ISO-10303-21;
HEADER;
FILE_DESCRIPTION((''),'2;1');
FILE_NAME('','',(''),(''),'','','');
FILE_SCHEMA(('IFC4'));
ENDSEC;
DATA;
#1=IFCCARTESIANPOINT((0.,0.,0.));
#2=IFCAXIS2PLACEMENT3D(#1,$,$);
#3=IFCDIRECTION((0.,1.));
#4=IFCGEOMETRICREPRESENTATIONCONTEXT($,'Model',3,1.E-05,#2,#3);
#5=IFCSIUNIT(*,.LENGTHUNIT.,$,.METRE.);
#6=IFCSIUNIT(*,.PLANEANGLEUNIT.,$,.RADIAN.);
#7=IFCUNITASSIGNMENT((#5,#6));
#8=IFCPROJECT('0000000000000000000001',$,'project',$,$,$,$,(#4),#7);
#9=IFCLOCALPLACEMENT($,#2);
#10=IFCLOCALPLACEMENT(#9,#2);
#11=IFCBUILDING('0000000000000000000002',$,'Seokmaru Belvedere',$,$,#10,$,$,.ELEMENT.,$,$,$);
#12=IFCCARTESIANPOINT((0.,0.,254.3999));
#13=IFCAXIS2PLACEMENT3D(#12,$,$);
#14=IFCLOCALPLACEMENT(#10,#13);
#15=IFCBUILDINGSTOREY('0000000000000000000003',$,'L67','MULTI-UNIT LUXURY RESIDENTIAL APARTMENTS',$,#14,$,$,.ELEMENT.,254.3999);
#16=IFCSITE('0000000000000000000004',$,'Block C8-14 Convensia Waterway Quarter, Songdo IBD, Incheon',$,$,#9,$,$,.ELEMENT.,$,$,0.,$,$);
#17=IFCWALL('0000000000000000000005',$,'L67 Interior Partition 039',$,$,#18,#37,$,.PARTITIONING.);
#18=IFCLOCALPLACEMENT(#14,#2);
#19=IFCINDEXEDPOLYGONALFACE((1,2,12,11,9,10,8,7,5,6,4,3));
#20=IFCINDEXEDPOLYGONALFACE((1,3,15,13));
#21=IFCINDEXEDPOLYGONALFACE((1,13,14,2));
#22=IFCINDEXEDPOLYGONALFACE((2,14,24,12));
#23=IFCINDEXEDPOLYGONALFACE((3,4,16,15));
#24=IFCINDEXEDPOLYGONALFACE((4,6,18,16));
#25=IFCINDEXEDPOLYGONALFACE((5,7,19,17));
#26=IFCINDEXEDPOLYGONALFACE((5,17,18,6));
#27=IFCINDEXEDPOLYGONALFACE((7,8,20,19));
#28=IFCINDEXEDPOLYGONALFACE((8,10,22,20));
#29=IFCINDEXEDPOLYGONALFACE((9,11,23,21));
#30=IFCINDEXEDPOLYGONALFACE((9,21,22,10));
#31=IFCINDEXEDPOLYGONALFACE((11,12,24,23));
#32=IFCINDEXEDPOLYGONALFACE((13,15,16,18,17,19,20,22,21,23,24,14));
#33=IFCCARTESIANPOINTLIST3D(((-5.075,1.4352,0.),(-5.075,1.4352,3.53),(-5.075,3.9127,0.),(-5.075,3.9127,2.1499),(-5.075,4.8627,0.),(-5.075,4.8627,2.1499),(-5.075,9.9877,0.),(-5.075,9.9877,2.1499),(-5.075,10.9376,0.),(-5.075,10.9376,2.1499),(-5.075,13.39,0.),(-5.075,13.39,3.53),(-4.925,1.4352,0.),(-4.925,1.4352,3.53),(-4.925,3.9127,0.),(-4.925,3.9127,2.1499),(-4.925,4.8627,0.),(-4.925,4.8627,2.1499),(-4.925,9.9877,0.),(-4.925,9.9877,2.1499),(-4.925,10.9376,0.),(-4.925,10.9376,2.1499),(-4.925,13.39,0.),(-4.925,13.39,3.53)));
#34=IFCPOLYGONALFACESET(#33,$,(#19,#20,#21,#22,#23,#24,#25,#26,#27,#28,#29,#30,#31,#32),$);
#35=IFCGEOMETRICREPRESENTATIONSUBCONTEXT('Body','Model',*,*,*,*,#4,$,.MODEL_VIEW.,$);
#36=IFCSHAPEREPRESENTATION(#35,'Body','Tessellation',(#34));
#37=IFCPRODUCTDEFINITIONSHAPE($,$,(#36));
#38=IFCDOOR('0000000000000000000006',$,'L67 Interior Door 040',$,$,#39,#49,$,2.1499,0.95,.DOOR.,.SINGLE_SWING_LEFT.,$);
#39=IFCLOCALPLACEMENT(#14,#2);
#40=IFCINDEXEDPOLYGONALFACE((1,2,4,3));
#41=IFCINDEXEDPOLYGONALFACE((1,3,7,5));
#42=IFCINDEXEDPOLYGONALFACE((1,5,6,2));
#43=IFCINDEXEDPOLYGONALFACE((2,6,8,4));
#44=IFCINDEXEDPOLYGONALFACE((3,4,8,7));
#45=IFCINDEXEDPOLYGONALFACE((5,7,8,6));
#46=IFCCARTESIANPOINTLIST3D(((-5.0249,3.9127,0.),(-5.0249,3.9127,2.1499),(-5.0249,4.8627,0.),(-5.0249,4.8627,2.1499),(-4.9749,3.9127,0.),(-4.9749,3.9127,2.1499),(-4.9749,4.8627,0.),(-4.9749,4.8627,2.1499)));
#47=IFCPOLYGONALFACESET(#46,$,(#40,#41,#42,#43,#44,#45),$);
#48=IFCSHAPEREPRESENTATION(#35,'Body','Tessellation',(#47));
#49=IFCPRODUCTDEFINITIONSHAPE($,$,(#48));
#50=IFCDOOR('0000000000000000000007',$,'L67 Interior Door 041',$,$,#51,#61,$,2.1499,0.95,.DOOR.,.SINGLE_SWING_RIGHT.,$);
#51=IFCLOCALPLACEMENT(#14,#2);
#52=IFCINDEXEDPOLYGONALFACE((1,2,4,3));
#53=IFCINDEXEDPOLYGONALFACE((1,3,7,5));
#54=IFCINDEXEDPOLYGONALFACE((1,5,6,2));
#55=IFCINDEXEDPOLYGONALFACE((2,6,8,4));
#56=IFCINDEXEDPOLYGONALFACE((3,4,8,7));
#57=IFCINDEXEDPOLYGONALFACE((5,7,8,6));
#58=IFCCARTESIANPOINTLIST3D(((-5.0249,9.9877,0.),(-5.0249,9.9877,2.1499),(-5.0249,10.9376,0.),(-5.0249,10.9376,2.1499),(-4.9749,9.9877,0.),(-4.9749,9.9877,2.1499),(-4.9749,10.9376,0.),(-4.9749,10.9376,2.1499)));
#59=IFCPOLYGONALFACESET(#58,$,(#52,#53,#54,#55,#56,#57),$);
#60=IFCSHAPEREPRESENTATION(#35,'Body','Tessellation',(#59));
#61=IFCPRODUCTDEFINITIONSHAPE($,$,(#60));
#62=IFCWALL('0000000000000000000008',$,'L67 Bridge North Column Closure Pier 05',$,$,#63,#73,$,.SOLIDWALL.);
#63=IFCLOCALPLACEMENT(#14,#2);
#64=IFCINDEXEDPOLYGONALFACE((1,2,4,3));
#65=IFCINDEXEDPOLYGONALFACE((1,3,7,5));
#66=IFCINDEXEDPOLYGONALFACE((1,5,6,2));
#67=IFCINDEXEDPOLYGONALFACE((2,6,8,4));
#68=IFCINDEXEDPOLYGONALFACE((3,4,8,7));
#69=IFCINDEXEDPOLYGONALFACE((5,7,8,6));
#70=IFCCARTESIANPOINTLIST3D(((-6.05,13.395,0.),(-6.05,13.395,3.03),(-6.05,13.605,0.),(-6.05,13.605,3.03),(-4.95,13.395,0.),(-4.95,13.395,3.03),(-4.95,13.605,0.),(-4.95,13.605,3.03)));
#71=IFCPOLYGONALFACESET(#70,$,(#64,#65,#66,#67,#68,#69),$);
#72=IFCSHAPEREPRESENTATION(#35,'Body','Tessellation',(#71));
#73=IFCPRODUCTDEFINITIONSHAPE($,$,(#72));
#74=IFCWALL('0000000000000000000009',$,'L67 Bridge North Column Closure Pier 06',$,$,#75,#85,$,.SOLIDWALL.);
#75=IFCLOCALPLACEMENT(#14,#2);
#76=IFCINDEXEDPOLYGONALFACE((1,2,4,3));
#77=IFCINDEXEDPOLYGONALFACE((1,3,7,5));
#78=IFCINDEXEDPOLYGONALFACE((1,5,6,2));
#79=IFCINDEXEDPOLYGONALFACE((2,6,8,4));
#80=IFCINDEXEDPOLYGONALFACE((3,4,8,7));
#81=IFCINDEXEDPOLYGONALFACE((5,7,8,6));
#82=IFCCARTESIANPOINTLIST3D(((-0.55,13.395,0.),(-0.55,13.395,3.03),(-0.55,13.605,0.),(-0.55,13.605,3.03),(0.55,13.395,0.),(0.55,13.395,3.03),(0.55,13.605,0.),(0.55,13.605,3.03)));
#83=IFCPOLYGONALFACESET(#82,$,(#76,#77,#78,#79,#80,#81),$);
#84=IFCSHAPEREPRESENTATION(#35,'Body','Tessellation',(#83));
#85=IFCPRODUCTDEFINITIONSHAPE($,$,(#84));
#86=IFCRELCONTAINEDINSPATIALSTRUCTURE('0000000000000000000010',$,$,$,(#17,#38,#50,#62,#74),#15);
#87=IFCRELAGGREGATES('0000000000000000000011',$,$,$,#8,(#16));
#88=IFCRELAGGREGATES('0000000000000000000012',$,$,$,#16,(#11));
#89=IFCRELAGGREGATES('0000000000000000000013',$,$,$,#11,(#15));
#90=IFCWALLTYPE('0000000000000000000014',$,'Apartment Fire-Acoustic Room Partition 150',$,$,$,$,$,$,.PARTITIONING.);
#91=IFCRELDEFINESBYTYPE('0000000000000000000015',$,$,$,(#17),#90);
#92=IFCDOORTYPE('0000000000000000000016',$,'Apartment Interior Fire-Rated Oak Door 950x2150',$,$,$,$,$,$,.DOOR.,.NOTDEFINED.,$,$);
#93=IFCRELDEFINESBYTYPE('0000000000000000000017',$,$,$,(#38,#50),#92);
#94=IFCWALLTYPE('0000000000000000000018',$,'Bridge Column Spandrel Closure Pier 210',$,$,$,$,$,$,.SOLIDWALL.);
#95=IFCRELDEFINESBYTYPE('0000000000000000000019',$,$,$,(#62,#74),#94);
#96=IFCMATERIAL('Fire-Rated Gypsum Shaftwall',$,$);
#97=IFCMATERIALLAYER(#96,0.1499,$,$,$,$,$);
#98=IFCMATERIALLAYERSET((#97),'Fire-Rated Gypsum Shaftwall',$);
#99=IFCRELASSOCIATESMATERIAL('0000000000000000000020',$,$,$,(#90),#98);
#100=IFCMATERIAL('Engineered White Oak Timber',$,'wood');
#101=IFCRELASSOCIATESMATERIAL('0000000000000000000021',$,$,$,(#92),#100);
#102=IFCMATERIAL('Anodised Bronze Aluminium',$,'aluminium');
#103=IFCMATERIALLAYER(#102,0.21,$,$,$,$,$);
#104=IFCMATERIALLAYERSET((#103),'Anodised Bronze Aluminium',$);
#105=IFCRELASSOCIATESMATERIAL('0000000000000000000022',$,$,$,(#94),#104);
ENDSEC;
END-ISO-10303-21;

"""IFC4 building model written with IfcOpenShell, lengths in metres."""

from ifc_helpers import new_model, si_unit, direction, frame, frame_2d, origin, place, context, subcontext, project, spatial, rectangle, extrude, source, transform, mapped, material, layer, layer_set, type_object, type_shapes, element, fill, save


model = new_model("IFC4")

# Units and contexts
model_context = context("Model", 3, precision=1e-05, world=origin(), true_north=direction((0.0, 1.0)))
body_context = subcontext(model_context, "Body", "Model", "MODEL_VIEW")
ifc_project = project(units=[si_unit("LENGTHUNIT", "METRE"), si_unit("PLANEANGLEUNIT", "RADIAN")], contexts=[model_context])

# Site, building, storey
site_placement = place(None, origin())
site = spatial("IfcSite", under=ifc_project, at=site_placement, Name="Block C8-14 Convensia Waterway Quarter, Songdo IBD, Incheon", CompositionType="ELEMENT", RefElevation=0.0)
building_placement = place(site_placement, origin())
building = spatial("IfcBuilding", under=site, at=building_placement, Name="Seokmaru Belvedere", CompositionType="ELEMENT")
storey_placement = place(building_placement, frame((0.0, 0.0, 254.3999)))
storey = spatial("IfcBuildingStorey", under=building, at=storey_placement, Name="L67", Description="MULTI-UNIT LUXURY RESIDENTIAL APARTMENTS", CompositionType="ELEMENT", Elevation=254.3999)

# Shared definitions
ifc_material_1 = material(Name="Anodised Bronze Aluminium", Category="aluminium")

# Wall, openings, doors
ifc_material_2 = material(Name="Fire-Rated Gypsum Shaftwall")
ifc_layer_1 = layer(ifc_material_2, 0.1499)
ifc_layer_set_1 = layer_set([ifc_layer_1], Name="Fire-Rated Gypsum Shaftwall")
wall_type_1 = type_object("IfcWallType", Name="Apartment Fire-Acoustic Room Partition 150", PredefinedType="PARTITIONING", material=ifc_layer_set_1)
wall_placement = place(storey_placement, frame((-5.0, 1.4351, 0.0), z_axis=(0.0, 0.0, 1.0), x_axis=(0.0, 1.0, 0.0)))
wall = element("IfcWall", 1, at=wall_placement, inside=storey, type_object=wall_type_1, Name="L67 Interior Partition 039", PredefinedType="PARTITIONING", context=body_context, shape_type="SweptSolid", body=[
    extrude(rectangle(XDim=11.9548, YDim=0.1499, at=frame_2d((5.9775, 0.0))), origin(), (0.0, 0.0, 1.0), 3.53),
])
opening_1_placement = place(wall_placement, frame((2.4775, 0.0, 0.0)))
opening_1 = element("IfcOpeningElement", 2, at=opening_1_placement, cuts=wall, PredefinedType="OPENING", context=body_context, shape_type="SweptSolid", body=[
    extrude(rectangle(XDim=0.95, YDim=2.1499, at=frame_2d((0.4751, 1.075))), frame((0.0, 0.085, 0.0), z_axis=(0.0, -1.0, 0.0), x_axis=(1.0, 0.0, 0.0)), (0.0, 0.0, 1.0), 0.1699),
])
opening_2_placement = place(wall_placement, frame((8.5525, 0.0, 0.0)))
opening_2 = element("IfcOpeningElement", 3, at=opening_2_placement, cuts=wall, PredefinedType="OPENING", context=body_context, shape_type="SweptSolid", body=[
    extrude(rectangle(XDim=0.95, YDim=2.1499, at=frame_2d((0.4751, 1.075))), frame((0.0, 0.085, 0.0), z_axis=(0.0, -1.0, 0.0), x_axis=(1.0, 0.0, 0.0)), (0.0, 0.0, 1.0), 0.1699),
])
ifc_material_3 = material(Name="Engineered White Oak Timber", Category="wood")
door_type = type_object("IfcDoorType", Name="Apartment Interior Fire-Rated Oak Door 950x2150", OperationType="NOTDEFINED", PredefinedType="DOOR", material=ifc_material_3)
shared_shape_1 = source(origin(), body_context, "Body", "SweptSolid", [
    extrude(rectangle(XDim=0.95, YDim=2.1499, at=frame_2d((0.4751, 1.075))), frame((0.0, 0.0249, 0.0), z_axis=(0.0, -1.0, 0.0), x_axis=(1.0, 0.0, 0.0)), (0.0, 0.0, 1.0), 0.05),
])
type_shapes(door_type, [shared_shape_1])
door_1_placement = place(opening_1_placement, origin())
door_1 = element("IfcDoor", 4, at=door_1_placement, inside=storey, type_object=door_type, Name="L67 Interior Door 040", OperationType="SINGLE_SWING_LEFT", OverallHeight=2.1499, OverallWidth=0.95, PredefinedType="DOOR", context=body_context, shape_type="MappedRepresentation", body=[
    mapped(shared_shape_1, transform((0.0, 0.0, 0.0), scale=1.0)),
])
fill(opening_1, door_1)
door_2_placement = place(opening_2_placement, origin())
door_2 = element("IfcDoor", 5, at=door_2_placement, inside=storey, type_object=door_type, Name="L67 Interior Door 041", OperationType="SINGLE_SWING_RIGHT", OverallHeight=2.1499, OverallWidth=0.95, PredefinedType="DOOR", context=body_context, shape_type="MappedRepresentation", body=[
    mapped(shared_shape_1, transform((0.0, 0.0, 0.0), scale=1.0)),
])
fill(opening_2, door_2)

# Walls
ifc_layer_2 = layer(ifc_material_1, 0.21)
ifc_layer_set_2 = layer_set([ifc_layer_2], Name="Anodised Bronze Aluminium")
wall_type_2 = type_object("IfcWallType", Name="Bridge Column Spandrel Closure Pier 210", PredefinedType="SOLIDWALL", material=ifc_layer_set_2)
for number, where, z_axis, x_axis, name in (
    (6, (-6.05, 13.5, 0.0), (0.0, 0.0, 1.0), (1.0, 0.0, 0.0), "L67 Bridge North Column Closure Pier 05"),
    (7, (-0.55, 13.5, 0.0), (0.0, 0.0, 1.0), (1.0, 0.0, 0.0), "L67 Bridge North Column Closure Pier 06"),
):
    element("IfcWall", number, at=place(storey_placement, frame(where, z_axis=z_axis, x_axis=x_axis)), inside=storey, type_object=wall_type_2, Name=name, PredefinedType="SOLIDWALL", context=body_context, shape_type="SweptSolid", body=[
        extrude(rectangle(XDim=1.1001, YDim=0.21, at=frame_2d((0.55, 0.0))), origin(), (0.0, 0.0, 1.0), 3.03),
    ])

save(model, "model.ifc")
